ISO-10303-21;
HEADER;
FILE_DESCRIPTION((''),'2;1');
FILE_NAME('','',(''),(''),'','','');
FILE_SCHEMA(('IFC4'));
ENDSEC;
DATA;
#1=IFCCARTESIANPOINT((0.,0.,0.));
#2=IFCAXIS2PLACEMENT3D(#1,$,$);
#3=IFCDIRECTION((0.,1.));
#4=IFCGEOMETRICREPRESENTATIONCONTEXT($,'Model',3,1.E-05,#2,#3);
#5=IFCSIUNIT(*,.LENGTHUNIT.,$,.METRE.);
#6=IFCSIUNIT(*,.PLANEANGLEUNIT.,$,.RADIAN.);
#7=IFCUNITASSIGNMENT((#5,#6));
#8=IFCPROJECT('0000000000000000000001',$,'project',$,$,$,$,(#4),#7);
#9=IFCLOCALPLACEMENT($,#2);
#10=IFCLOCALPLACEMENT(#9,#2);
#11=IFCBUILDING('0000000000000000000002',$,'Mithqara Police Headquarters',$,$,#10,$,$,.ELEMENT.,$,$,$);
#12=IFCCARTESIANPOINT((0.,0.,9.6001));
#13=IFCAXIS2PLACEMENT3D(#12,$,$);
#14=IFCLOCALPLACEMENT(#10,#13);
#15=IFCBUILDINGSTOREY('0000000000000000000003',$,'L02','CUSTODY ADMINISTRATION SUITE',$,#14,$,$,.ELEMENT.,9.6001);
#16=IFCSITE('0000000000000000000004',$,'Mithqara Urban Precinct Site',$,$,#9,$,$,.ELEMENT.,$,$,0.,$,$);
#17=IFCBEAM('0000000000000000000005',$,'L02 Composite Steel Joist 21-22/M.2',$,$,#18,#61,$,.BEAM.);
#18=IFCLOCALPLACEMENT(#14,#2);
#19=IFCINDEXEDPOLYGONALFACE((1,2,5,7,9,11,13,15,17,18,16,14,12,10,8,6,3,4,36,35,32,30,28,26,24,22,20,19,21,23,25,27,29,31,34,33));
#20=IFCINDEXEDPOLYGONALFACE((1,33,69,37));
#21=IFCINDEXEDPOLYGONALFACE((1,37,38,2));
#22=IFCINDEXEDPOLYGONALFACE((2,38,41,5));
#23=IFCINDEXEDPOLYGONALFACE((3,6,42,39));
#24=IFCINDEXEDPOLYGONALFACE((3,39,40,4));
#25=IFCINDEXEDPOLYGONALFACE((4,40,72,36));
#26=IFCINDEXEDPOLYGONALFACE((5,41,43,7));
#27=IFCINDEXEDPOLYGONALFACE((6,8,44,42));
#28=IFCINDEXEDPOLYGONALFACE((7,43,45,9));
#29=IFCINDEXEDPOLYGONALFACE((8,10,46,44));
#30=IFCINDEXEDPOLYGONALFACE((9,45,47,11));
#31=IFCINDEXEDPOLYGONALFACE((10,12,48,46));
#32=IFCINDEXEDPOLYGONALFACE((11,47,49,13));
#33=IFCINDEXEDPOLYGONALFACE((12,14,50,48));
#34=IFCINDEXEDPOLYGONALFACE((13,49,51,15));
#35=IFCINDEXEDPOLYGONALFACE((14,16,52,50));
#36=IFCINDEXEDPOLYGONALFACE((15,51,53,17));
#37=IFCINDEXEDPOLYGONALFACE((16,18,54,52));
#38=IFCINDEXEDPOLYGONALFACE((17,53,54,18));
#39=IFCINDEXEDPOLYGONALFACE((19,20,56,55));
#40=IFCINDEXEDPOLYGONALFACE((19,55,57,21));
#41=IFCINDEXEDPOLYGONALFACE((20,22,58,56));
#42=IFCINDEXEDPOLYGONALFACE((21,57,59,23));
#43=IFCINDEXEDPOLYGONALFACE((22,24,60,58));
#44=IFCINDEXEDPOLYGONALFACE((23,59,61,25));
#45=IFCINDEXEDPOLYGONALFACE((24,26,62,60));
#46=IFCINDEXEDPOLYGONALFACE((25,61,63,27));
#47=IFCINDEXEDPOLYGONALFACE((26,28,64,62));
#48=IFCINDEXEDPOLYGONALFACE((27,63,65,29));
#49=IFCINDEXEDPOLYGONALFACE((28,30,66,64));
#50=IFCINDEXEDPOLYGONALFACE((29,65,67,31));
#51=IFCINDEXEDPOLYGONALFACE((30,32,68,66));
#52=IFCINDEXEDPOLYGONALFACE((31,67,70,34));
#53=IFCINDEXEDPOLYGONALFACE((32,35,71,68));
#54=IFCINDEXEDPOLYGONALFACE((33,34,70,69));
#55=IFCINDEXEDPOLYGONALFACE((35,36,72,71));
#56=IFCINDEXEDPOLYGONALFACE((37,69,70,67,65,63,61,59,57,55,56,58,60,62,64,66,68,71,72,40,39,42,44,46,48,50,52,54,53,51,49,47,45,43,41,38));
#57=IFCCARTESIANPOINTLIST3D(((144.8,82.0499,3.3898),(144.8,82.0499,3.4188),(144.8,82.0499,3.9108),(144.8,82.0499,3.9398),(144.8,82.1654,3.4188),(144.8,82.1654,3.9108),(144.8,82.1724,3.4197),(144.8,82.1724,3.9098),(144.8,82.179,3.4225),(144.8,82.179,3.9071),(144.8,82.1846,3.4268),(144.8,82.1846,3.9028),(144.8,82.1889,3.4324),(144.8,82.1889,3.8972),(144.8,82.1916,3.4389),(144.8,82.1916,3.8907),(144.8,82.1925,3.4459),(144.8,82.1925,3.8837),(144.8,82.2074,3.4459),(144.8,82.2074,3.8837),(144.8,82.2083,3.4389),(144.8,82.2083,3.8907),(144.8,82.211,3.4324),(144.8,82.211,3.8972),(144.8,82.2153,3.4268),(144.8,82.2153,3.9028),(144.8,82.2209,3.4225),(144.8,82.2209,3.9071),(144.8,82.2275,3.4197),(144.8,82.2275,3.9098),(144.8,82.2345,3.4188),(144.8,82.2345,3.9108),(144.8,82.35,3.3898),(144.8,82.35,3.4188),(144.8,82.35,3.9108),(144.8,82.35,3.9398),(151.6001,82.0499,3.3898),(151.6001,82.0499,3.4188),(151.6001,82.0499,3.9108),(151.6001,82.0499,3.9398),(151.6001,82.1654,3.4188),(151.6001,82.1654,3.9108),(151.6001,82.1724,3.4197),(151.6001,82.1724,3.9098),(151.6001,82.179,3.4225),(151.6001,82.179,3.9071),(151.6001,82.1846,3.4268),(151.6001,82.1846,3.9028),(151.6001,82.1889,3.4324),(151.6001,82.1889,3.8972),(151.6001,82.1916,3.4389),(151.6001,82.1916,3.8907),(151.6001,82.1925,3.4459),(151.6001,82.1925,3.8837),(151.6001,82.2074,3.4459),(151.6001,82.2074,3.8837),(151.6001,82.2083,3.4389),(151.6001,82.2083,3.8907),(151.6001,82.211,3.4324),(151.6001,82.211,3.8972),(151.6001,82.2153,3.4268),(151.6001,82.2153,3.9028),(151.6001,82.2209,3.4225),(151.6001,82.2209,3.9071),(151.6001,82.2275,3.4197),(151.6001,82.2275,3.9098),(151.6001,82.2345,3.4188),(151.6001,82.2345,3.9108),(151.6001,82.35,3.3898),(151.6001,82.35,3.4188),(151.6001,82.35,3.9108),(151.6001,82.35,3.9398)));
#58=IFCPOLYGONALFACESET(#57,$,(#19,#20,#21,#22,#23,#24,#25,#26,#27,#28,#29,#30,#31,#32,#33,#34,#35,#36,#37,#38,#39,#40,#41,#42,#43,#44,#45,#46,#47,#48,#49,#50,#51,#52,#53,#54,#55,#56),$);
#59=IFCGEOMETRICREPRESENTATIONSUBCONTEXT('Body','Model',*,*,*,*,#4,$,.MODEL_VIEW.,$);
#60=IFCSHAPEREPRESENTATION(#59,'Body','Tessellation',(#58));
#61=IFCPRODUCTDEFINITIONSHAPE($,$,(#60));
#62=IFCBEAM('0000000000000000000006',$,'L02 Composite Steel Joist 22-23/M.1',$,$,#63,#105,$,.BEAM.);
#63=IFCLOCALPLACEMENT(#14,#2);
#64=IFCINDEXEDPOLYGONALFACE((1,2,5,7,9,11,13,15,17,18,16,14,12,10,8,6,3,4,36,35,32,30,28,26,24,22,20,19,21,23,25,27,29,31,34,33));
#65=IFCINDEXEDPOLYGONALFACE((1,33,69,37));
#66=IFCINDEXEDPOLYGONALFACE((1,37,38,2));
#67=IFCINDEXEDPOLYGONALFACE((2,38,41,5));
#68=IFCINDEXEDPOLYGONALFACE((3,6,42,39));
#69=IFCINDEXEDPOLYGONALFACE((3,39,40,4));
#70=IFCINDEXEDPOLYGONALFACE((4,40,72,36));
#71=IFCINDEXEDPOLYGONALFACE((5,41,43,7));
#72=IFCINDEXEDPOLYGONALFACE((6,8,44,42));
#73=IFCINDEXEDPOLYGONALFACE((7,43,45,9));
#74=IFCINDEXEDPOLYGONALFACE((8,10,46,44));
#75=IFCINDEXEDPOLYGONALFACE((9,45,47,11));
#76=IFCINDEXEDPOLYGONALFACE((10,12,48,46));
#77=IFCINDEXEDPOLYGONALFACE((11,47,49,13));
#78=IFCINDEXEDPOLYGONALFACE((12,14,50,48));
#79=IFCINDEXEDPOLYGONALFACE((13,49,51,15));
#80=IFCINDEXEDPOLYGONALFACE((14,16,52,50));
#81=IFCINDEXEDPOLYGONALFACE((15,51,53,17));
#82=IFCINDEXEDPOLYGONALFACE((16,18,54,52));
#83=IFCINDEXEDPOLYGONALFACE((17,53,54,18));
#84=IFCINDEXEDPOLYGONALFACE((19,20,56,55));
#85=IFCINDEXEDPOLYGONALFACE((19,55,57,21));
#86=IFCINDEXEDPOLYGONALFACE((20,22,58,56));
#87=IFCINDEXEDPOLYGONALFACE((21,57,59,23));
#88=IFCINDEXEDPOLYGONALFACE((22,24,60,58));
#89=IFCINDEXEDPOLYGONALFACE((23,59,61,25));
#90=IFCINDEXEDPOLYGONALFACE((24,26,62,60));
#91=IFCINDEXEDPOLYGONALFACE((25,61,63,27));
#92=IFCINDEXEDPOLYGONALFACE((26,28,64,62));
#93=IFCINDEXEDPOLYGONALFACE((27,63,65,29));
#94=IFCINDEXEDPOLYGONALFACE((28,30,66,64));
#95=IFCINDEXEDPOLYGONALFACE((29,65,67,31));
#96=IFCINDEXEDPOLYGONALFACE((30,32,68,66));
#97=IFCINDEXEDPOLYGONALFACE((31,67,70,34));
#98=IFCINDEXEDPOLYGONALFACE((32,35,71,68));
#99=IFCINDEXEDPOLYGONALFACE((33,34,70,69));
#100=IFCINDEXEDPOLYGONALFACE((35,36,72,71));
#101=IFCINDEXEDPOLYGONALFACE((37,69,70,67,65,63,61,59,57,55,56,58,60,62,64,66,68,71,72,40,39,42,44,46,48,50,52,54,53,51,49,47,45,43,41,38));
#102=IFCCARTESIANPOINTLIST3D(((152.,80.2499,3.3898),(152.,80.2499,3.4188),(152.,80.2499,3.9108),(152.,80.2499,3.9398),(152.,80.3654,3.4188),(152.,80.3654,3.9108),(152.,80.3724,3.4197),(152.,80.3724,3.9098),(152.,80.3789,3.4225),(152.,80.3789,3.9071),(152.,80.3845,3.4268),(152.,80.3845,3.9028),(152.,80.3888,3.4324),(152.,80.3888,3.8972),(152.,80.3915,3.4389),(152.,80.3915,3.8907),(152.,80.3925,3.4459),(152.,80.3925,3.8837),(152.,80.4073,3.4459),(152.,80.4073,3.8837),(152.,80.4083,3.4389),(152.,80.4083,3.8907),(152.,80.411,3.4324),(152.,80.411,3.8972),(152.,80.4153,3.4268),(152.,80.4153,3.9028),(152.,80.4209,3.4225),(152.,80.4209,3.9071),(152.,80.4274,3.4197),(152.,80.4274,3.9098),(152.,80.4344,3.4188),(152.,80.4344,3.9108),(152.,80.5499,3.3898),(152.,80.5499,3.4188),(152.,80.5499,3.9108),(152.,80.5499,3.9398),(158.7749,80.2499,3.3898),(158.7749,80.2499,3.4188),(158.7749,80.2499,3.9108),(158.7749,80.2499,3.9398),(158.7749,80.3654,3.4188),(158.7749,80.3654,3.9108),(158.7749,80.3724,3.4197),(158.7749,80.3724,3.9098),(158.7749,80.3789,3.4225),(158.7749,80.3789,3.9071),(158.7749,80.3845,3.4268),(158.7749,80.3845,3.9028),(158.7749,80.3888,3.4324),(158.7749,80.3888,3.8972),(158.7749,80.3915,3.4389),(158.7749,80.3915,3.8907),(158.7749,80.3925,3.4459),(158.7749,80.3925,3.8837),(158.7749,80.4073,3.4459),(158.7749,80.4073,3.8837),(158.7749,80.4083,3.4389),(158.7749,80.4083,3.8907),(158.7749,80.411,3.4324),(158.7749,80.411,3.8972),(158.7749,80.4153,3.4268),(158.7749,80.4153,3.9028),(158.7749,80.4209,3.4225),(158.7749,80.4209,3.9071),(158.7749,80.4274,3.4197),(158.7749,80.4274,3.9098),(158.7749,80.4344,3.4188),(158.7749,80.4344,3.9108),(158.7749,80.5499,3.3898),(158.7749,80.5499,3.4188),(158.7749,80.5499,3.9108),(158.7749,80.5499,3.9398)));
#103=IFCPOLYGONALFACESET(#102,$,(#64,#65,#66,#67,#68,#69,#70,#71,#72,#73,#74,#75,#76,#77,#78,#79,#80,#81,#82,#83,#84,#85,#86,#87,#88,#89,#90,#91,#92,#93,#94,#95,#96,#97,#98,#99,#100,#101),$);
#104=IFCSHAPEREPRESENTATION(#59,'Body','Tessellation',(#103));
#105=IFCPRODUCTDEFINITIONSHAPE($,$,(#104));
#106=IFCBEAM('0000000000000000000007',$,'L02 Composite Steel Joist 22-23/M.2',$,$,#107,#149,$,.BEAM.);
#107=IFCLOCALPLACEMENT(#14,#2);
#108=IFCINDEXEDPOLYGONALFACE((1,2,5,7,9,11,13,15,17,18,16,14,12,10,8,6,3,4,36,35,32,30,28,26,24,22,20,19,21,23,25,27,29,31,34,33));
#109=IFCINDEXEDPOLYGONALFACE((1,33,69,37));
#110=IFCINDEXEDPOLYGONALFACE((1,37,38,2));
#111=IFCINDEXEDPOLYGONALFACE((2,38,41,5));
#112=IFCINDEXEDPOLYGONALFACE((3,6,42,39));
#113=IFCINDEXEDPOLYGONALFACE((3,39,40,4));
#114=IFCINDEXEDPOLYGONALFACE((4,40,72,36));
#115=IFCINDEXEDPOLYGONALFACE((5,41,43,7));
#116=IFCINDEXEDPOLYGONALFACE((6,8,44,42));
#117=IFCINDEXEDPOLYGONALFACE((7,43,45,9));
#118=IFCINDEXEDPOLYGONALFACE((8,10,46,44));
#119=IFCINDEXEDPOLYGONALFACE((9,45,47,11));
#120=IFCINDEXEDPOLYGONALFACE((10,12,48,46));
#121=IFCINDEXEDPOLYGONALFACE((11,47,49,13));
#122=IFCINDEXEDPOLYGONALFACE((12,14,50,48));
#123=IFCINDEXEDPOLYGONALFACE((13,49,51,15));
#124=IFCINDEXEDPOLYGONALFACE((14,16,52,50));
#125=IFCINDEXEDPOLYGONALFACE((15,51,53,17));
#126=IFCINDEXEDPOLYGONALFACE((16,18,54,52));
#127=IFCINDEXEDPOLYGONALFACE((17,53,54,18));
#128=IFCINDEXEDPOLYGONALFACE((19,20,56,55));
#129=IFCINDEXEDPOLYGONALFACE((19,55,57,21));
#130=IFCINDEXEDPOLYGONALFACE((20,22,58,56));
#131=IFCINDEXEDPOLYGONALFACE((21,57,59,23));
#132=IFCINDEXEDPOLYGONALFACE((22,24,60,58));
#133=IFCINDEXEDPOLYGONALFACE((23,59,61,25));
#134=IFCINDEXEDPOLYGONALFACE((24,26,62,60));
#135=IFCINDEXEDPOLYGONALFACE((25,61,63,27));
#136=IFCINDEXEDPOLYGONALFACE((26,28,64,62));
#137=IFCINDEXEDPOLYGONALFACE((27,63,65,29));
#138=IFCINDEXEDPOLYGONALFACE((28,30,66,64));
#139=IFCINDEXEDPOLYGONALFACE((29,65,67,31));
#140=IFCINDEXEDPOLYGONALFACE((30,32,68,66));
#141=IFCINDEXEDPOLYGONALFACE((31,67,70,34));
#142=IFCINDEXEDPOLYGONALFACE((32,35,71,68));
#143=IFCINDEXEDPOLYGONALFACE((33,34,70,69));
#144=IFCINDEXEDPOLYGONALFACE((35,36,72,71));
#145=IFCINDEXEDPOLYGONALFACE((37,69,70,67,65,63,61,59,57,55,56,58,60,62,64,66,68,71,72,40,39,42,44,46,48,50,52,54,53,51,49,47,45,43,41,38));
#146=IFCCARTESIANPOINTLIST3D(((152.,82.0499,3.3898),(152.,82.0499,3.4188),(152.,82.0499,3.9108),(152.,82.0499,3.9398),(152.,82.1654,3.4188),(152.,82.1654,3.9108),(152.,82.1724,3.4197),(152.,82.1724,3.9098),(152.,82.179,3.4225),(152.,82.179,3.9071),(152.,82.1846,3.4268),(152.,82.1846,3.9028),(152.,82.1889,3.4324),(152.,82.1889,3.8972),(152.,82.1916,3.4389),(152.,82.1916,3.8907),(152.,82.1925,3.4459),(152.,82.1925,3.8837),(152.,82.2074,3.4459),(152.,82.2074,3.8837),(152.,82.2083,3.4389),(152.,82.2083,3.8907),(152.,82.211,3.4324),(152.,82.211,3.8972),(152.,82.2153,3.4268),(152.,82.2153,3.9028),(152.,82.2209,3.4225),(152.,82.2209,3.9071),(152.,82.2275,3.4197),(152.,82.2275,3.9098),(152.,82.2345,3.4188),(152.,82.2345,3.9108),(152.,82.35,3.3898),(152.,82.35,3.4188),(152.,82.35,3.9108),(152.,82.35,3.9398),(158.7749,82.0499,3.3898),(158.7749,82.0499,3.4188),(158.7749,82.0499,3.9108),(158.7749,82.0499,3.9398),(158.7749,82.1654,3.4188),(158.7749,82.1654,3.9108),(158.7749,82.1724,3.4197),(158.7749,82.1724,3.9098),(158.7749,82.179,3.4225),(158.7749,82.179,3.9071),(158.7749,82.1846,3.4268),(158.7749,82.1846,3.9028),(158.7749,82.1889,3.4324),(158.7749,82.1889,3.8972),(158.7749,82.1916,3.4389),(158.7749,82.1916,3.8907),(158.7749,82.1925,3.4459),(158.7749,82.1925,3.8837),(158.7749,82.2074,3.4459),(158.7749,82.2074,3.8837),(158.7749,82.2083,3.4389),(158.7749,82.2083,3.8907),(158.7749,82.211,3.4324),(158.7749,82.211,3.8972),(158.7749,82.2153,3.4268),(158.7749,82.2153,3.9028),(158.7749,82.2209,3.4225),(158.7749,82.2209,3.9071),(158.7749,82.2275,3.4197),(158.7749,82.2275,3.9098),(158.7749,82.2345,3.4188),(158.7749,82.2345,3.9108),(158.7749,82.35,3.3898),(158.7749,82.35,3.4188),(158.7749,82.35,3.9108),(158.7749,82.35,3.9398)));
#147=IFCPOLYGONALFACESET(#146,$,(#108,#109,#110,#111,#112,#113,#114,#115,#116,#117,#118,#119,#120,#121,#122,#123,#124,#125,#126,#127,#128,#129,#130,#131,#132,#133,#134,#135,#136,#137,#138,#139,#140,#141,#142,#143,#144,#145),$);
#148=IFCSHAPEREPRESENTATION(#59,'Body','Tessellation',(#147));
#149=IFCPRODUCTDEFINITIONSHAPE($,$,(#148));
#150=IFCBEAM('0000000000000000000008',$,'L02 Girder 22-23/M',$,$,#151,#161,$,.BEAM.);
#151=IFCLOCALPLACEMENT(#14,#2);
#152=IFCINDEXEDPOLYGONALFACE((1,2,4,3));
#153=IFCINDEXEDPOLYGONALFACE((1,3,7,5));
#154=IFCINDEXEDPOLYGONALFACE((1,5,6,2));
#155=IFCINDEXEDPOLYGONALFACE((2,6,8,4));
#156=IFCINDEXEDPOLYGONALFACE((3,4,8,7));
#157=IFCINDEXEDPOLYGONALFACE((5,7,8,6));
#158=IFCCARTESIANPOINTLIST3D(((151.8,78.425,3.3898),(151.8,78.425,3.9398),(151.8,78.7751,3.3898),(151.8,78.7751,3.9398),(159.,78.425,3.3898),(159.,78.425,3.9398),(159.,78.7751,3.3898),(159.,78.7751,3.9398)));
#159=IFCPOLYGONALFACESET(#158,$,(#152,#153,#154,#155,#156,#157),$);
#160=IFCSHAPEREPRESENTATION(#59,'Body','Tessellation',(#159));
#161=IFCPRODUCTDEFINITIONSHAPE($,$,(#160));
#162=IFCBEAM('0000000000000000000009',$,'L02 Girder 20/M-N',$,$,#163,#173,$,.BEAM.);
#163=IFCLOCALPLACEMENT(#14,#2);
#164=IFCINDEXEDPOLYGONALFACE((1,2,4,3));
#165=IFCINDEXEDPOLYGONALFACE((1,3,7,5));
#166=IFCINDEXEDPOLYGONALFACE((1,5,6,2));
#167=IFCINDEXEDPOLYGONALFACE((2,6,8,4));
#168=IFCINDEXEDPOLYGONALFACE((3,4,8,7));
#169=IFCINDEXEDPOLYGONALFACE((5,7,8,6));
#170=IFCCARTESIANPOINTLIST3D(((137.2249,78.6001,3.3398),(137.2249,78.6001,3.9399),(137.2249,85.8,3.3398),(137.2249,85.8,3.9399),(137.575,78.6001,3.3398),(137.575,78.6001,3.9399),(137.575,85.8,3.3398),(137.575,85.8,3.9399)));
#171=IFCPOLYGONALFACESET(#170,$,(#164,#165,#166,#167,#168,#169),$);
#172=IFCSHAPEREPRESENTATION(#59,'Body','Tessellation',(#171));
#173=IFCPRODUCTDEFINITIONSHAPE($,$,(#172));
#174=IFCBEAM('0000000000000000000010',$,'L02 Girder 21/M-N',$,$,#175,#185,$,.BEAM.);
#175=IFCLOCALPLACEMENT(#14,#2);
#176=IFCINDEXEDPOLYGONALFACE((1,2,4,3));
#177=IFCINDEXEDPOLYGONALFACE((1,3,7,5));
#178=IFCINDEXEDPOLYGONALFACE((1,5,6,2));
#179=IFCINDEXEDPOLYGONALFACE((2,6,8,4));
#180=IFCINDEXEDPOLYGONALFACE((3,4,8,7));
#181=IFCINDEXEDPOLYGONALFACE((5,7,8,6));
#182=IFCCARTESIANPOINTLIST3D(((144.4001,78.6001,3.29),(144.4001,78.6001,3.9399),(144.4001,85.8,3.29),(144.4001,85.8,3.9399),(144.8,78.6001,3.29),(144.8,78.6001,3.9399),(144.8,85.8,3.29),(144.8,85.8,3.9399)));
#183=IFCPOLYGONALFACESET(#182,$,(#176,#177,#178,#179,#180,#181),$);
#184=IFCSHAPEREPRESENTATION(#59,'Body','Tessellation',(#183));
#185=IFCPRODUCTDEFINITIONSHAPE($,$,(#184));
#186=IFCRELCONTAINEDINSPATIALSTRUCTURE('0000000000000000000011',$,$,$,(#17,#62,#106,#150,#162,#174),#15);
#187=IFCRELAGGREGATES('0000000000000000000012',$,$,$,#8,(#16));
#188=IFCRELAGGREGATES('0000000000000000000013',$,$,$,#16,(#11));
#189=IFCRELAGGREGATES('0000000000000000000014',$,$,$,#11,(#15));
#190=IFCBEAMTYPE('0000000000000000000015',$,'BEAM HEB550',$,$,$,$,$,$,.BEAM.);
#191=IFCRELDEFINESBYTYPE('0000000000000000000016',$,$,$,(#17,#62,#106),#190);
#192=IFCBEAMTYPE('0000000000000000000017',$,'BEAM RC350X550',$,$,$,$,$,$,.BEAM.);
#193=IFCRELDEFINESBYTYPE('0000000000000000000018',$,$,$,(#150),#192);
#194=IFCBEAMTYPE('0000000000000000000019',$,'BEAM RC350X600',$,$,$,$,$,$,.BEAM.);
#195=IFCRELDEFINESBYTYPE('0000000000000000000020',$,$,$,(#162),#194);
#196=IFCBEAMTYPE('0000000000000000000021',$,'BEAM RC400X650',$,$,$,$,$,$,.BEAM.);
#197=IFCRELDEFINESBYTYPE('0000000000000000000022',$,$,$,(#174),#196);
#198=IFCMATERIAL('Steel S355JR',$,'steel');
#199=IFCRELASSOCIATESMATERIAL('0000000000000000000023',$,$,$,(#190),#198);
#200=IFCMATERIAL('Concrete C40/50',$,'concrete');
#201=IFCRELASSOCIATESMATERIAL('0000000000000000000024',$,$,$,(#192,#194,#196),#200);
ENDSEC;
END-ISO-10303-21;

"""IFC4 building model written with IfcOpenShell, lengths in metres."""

from ifc_helpers import new_model, si_unit, direction, frame, origin, origin_2d, place, context, subcontext, project, spatial, rectangle, i_section, extrude, material, material_profile, profile_set, type_object, element, save


model = new_model("IFC4")

# Units and contexts
model_context = context("Model", 3, precision=1e-05, world=origin(), true_north=direction((0.0, 1.0)))
body_context = subcontext(model_context, "Body", "Model", "MODEL_VIEW")
ifc_project = project(units=[si_unit("LENGTHUNIT", "METRE"), si_unit("PLANEANGLEUNIT", "RADIAN")], contexts=[model_context])

# Site, building, storey
site_placement = place(None, origin())
site = spatial("IfcSite", under=ifc_project, at=site_placement, Name="Mithqara Urban Precinct Site", CompositionType="ELEMENT", RefElevation=0.0)
building_placement = place(site_placement, origin())
building = spatial("IfcBuilding", under=site, at=building_placement, Name="Mithqara Police Headquarters", CompositionType="ELEMENT")
storey_placement = place(building_placement, frame((0.0, 0.0, 9.6001)))
storey = spatial("IfcBuildingStorey", under=building, at=storey_placement, Name="L02", Description="CUSTODY ADMINISTRATION SUITE", CompositionType="ELEMENT", Elevation=9.6001)

# Beams
ifc_material_1 = material(Name="Steel S355JR", Category="steel")
ifc_material_profile_1 = material_profile(ifc_material_1, i_section(OverallWidth=0.3, OverallDepth=0.55, WebThickness=0.0149, FlangeThickness=0.0291, FilletRadius=0.0271, at=origin_2d()), Name="HEB 550")
ifc_profile_set_1 = profile_set([ifc_material_profile_1], Name="Steel S355JR")
beam_type_1 = type_object("IfcBeamType", Name="BEAM HEB550", PredefinedType="BEAM", material=ifc_profile_set_1)
for number, where, z_axis, x_axis, name in (
    (1, (144.8, 82.2, 3.6648), (1.0, 0.0, 0.0), (0.0, 1.0, 0.0), "L02 Composite Steel Joist 21-22/M.2"),
):
    element("IfcBeam", number, at=place(storey_placement, frame(where, z_axis=z_axis, x_axis=x_axis)), inside=storey, type_object=beam_type_1, Name=name, PredefinedType="BEAM", context=body_context, shape_type="SweptSolid", body=[
        extrude(i_section(OverallWidth=0.3, OverallDepth=0.55, WebThickness=0.0149, FlangeThickness=0.0291, FilletRadius=0.0271, at=origin_2d()), origin(), (0.0, 0.0, 1.0), 6.8),
    ])
for number, where, z_axis, x_axis, name in (
    (2, (152.0, 80.3999, 3.6648), (1.0, 0.0, 0.0), (0.0, 1.0, 0.0), "L02 Composite Steel Joist 22-23/M.1"),
    (3, (152.0, 82.2, 3.6648), (1.0, 0.0, 0.0), (0.0, 1.0, 0.0), "L02 Composite Steel Joist 22-23/M.2"),
):
    element("IfcBeam", number, at=place(storey_placement, frame(where, z_axis=z_axis, x_axis=x_axis)), inside=storey, type_object=beam_type_1, Name=name, PredefinedType="BEAM", context=body_context, shape_type="SweptSolid", body=[
        extrude(i_section(OverallWidth=0.3, OverallDepth=0.55, WebThickness=0.0149, FlangeThickness=0.0291, FilletRadius=0.0271, at=origin_2d()), origin(), (0.0, 0.0, 1.0), 6.7749),
    ])
ifc_material_2 = material(Name="Concrete C40/50", Category="concrete")
ifc_material_profile_2 = material_profile(ifc_material_2, rectangle(XDim=0.3501, YDim=0.55, at=origin_2d()), Name="RC 350x550")
ifc_profile_set_2 = profile_set([ifc_material_profile_2], Name="Concrete C40/50")
beam_type_2 = type_object("IfcBeamType", Name="BEAM RC350X550", PredefinedType="BEAM", material=ifc_profile_set_2)
beam_1_placement = place(storey_placement, frame((151.8, 78.6001, 3.6648), z_axis=(1.0, 0.0, 0.0), x_axis=(0.0, 1.0, 0.0)))
element("IfcBeam", 4, at=beam_1_placement, inside=storey, type_object=beam_type_2, Name="L02 Girder 22-23/M", PredefinedType="BEAM", context=body_context, shape_type="SweptSolid", body=[
    extrude(rectangle(XDim=0.3501, YDim=0.55, at=origin_2d()), origin(), (0.0, 0.0, 1.0), 7.2),
])
ifc_material_profile_3 = material_profile(ifc_material_2, rectangle(XDim=0.3501, YDim=0.6001, at=origin_2d()), Name="RC 350x600")
ifc_profile_set_3 = profile_set([ifc_material_profile_3], Name="Concrete C40/50")
beam_type_3 = type_object("IfcBeamType", Name="BEAM RC350X600", PredefinedType="BEAM", material=ifc_profile_set_3)
beam_2_placement = place(storey_placement, frame((137.3999, 78.6001, 3.6399), z_axis=(0.0, 1.0, 0.0), x_axis=(-1.0, 0.0, 0.0)))
element("IfcBeam", 5, at=beam_2_placement, inside=storey, type_object=beam_type_3, Name="L02 Girder 20/M-N", PredefinedType="BEAM", context=body_context, shape_type="SweptSolid", body=[
    extrude(rectangle(XDim=0.3501, YDim=0.6001, at=origin_2d()), origin(), (0.0, 0.0, 1.0), 7.2),
])
ifc_material_profile_4 = material_profile(ifc_material_2, rectangle(XDim=0.3999, YDim=0.6499, at=origin_2d()), Name="RC 400x650")
ifc_profile_set_4 = profile_set([ifc_material_profile_4], Name="Concrete C40/50")
beam_type_4 = type_object("IfcBeamType", Name="BEAM RC400X650", PredefinedType="BEAM", material=ifc_profile_set_4)
beam_3_placement = place(storey_placement, frame((144.6001, 78.6001, 3.615), z_axis=(0.0, 1.0, 0.0), x_axis=(-1.0, 0.0, 0.0)))
element("IfcBeam", 6, at=beam_3_placement, inside=storey, type_object=beam_type_4, Name="L02 Girder 21/M-N", PredefinedType="BEAM", context=body_context, shape_type="SweptSolid", body=[
    extrude(rectangle(XDim=0.3999, YDim=0.6499, at=origin_2d()), origin(), (0.0, 0.0, 1.0), 7.2),
])

save(model, "model.ifc")
